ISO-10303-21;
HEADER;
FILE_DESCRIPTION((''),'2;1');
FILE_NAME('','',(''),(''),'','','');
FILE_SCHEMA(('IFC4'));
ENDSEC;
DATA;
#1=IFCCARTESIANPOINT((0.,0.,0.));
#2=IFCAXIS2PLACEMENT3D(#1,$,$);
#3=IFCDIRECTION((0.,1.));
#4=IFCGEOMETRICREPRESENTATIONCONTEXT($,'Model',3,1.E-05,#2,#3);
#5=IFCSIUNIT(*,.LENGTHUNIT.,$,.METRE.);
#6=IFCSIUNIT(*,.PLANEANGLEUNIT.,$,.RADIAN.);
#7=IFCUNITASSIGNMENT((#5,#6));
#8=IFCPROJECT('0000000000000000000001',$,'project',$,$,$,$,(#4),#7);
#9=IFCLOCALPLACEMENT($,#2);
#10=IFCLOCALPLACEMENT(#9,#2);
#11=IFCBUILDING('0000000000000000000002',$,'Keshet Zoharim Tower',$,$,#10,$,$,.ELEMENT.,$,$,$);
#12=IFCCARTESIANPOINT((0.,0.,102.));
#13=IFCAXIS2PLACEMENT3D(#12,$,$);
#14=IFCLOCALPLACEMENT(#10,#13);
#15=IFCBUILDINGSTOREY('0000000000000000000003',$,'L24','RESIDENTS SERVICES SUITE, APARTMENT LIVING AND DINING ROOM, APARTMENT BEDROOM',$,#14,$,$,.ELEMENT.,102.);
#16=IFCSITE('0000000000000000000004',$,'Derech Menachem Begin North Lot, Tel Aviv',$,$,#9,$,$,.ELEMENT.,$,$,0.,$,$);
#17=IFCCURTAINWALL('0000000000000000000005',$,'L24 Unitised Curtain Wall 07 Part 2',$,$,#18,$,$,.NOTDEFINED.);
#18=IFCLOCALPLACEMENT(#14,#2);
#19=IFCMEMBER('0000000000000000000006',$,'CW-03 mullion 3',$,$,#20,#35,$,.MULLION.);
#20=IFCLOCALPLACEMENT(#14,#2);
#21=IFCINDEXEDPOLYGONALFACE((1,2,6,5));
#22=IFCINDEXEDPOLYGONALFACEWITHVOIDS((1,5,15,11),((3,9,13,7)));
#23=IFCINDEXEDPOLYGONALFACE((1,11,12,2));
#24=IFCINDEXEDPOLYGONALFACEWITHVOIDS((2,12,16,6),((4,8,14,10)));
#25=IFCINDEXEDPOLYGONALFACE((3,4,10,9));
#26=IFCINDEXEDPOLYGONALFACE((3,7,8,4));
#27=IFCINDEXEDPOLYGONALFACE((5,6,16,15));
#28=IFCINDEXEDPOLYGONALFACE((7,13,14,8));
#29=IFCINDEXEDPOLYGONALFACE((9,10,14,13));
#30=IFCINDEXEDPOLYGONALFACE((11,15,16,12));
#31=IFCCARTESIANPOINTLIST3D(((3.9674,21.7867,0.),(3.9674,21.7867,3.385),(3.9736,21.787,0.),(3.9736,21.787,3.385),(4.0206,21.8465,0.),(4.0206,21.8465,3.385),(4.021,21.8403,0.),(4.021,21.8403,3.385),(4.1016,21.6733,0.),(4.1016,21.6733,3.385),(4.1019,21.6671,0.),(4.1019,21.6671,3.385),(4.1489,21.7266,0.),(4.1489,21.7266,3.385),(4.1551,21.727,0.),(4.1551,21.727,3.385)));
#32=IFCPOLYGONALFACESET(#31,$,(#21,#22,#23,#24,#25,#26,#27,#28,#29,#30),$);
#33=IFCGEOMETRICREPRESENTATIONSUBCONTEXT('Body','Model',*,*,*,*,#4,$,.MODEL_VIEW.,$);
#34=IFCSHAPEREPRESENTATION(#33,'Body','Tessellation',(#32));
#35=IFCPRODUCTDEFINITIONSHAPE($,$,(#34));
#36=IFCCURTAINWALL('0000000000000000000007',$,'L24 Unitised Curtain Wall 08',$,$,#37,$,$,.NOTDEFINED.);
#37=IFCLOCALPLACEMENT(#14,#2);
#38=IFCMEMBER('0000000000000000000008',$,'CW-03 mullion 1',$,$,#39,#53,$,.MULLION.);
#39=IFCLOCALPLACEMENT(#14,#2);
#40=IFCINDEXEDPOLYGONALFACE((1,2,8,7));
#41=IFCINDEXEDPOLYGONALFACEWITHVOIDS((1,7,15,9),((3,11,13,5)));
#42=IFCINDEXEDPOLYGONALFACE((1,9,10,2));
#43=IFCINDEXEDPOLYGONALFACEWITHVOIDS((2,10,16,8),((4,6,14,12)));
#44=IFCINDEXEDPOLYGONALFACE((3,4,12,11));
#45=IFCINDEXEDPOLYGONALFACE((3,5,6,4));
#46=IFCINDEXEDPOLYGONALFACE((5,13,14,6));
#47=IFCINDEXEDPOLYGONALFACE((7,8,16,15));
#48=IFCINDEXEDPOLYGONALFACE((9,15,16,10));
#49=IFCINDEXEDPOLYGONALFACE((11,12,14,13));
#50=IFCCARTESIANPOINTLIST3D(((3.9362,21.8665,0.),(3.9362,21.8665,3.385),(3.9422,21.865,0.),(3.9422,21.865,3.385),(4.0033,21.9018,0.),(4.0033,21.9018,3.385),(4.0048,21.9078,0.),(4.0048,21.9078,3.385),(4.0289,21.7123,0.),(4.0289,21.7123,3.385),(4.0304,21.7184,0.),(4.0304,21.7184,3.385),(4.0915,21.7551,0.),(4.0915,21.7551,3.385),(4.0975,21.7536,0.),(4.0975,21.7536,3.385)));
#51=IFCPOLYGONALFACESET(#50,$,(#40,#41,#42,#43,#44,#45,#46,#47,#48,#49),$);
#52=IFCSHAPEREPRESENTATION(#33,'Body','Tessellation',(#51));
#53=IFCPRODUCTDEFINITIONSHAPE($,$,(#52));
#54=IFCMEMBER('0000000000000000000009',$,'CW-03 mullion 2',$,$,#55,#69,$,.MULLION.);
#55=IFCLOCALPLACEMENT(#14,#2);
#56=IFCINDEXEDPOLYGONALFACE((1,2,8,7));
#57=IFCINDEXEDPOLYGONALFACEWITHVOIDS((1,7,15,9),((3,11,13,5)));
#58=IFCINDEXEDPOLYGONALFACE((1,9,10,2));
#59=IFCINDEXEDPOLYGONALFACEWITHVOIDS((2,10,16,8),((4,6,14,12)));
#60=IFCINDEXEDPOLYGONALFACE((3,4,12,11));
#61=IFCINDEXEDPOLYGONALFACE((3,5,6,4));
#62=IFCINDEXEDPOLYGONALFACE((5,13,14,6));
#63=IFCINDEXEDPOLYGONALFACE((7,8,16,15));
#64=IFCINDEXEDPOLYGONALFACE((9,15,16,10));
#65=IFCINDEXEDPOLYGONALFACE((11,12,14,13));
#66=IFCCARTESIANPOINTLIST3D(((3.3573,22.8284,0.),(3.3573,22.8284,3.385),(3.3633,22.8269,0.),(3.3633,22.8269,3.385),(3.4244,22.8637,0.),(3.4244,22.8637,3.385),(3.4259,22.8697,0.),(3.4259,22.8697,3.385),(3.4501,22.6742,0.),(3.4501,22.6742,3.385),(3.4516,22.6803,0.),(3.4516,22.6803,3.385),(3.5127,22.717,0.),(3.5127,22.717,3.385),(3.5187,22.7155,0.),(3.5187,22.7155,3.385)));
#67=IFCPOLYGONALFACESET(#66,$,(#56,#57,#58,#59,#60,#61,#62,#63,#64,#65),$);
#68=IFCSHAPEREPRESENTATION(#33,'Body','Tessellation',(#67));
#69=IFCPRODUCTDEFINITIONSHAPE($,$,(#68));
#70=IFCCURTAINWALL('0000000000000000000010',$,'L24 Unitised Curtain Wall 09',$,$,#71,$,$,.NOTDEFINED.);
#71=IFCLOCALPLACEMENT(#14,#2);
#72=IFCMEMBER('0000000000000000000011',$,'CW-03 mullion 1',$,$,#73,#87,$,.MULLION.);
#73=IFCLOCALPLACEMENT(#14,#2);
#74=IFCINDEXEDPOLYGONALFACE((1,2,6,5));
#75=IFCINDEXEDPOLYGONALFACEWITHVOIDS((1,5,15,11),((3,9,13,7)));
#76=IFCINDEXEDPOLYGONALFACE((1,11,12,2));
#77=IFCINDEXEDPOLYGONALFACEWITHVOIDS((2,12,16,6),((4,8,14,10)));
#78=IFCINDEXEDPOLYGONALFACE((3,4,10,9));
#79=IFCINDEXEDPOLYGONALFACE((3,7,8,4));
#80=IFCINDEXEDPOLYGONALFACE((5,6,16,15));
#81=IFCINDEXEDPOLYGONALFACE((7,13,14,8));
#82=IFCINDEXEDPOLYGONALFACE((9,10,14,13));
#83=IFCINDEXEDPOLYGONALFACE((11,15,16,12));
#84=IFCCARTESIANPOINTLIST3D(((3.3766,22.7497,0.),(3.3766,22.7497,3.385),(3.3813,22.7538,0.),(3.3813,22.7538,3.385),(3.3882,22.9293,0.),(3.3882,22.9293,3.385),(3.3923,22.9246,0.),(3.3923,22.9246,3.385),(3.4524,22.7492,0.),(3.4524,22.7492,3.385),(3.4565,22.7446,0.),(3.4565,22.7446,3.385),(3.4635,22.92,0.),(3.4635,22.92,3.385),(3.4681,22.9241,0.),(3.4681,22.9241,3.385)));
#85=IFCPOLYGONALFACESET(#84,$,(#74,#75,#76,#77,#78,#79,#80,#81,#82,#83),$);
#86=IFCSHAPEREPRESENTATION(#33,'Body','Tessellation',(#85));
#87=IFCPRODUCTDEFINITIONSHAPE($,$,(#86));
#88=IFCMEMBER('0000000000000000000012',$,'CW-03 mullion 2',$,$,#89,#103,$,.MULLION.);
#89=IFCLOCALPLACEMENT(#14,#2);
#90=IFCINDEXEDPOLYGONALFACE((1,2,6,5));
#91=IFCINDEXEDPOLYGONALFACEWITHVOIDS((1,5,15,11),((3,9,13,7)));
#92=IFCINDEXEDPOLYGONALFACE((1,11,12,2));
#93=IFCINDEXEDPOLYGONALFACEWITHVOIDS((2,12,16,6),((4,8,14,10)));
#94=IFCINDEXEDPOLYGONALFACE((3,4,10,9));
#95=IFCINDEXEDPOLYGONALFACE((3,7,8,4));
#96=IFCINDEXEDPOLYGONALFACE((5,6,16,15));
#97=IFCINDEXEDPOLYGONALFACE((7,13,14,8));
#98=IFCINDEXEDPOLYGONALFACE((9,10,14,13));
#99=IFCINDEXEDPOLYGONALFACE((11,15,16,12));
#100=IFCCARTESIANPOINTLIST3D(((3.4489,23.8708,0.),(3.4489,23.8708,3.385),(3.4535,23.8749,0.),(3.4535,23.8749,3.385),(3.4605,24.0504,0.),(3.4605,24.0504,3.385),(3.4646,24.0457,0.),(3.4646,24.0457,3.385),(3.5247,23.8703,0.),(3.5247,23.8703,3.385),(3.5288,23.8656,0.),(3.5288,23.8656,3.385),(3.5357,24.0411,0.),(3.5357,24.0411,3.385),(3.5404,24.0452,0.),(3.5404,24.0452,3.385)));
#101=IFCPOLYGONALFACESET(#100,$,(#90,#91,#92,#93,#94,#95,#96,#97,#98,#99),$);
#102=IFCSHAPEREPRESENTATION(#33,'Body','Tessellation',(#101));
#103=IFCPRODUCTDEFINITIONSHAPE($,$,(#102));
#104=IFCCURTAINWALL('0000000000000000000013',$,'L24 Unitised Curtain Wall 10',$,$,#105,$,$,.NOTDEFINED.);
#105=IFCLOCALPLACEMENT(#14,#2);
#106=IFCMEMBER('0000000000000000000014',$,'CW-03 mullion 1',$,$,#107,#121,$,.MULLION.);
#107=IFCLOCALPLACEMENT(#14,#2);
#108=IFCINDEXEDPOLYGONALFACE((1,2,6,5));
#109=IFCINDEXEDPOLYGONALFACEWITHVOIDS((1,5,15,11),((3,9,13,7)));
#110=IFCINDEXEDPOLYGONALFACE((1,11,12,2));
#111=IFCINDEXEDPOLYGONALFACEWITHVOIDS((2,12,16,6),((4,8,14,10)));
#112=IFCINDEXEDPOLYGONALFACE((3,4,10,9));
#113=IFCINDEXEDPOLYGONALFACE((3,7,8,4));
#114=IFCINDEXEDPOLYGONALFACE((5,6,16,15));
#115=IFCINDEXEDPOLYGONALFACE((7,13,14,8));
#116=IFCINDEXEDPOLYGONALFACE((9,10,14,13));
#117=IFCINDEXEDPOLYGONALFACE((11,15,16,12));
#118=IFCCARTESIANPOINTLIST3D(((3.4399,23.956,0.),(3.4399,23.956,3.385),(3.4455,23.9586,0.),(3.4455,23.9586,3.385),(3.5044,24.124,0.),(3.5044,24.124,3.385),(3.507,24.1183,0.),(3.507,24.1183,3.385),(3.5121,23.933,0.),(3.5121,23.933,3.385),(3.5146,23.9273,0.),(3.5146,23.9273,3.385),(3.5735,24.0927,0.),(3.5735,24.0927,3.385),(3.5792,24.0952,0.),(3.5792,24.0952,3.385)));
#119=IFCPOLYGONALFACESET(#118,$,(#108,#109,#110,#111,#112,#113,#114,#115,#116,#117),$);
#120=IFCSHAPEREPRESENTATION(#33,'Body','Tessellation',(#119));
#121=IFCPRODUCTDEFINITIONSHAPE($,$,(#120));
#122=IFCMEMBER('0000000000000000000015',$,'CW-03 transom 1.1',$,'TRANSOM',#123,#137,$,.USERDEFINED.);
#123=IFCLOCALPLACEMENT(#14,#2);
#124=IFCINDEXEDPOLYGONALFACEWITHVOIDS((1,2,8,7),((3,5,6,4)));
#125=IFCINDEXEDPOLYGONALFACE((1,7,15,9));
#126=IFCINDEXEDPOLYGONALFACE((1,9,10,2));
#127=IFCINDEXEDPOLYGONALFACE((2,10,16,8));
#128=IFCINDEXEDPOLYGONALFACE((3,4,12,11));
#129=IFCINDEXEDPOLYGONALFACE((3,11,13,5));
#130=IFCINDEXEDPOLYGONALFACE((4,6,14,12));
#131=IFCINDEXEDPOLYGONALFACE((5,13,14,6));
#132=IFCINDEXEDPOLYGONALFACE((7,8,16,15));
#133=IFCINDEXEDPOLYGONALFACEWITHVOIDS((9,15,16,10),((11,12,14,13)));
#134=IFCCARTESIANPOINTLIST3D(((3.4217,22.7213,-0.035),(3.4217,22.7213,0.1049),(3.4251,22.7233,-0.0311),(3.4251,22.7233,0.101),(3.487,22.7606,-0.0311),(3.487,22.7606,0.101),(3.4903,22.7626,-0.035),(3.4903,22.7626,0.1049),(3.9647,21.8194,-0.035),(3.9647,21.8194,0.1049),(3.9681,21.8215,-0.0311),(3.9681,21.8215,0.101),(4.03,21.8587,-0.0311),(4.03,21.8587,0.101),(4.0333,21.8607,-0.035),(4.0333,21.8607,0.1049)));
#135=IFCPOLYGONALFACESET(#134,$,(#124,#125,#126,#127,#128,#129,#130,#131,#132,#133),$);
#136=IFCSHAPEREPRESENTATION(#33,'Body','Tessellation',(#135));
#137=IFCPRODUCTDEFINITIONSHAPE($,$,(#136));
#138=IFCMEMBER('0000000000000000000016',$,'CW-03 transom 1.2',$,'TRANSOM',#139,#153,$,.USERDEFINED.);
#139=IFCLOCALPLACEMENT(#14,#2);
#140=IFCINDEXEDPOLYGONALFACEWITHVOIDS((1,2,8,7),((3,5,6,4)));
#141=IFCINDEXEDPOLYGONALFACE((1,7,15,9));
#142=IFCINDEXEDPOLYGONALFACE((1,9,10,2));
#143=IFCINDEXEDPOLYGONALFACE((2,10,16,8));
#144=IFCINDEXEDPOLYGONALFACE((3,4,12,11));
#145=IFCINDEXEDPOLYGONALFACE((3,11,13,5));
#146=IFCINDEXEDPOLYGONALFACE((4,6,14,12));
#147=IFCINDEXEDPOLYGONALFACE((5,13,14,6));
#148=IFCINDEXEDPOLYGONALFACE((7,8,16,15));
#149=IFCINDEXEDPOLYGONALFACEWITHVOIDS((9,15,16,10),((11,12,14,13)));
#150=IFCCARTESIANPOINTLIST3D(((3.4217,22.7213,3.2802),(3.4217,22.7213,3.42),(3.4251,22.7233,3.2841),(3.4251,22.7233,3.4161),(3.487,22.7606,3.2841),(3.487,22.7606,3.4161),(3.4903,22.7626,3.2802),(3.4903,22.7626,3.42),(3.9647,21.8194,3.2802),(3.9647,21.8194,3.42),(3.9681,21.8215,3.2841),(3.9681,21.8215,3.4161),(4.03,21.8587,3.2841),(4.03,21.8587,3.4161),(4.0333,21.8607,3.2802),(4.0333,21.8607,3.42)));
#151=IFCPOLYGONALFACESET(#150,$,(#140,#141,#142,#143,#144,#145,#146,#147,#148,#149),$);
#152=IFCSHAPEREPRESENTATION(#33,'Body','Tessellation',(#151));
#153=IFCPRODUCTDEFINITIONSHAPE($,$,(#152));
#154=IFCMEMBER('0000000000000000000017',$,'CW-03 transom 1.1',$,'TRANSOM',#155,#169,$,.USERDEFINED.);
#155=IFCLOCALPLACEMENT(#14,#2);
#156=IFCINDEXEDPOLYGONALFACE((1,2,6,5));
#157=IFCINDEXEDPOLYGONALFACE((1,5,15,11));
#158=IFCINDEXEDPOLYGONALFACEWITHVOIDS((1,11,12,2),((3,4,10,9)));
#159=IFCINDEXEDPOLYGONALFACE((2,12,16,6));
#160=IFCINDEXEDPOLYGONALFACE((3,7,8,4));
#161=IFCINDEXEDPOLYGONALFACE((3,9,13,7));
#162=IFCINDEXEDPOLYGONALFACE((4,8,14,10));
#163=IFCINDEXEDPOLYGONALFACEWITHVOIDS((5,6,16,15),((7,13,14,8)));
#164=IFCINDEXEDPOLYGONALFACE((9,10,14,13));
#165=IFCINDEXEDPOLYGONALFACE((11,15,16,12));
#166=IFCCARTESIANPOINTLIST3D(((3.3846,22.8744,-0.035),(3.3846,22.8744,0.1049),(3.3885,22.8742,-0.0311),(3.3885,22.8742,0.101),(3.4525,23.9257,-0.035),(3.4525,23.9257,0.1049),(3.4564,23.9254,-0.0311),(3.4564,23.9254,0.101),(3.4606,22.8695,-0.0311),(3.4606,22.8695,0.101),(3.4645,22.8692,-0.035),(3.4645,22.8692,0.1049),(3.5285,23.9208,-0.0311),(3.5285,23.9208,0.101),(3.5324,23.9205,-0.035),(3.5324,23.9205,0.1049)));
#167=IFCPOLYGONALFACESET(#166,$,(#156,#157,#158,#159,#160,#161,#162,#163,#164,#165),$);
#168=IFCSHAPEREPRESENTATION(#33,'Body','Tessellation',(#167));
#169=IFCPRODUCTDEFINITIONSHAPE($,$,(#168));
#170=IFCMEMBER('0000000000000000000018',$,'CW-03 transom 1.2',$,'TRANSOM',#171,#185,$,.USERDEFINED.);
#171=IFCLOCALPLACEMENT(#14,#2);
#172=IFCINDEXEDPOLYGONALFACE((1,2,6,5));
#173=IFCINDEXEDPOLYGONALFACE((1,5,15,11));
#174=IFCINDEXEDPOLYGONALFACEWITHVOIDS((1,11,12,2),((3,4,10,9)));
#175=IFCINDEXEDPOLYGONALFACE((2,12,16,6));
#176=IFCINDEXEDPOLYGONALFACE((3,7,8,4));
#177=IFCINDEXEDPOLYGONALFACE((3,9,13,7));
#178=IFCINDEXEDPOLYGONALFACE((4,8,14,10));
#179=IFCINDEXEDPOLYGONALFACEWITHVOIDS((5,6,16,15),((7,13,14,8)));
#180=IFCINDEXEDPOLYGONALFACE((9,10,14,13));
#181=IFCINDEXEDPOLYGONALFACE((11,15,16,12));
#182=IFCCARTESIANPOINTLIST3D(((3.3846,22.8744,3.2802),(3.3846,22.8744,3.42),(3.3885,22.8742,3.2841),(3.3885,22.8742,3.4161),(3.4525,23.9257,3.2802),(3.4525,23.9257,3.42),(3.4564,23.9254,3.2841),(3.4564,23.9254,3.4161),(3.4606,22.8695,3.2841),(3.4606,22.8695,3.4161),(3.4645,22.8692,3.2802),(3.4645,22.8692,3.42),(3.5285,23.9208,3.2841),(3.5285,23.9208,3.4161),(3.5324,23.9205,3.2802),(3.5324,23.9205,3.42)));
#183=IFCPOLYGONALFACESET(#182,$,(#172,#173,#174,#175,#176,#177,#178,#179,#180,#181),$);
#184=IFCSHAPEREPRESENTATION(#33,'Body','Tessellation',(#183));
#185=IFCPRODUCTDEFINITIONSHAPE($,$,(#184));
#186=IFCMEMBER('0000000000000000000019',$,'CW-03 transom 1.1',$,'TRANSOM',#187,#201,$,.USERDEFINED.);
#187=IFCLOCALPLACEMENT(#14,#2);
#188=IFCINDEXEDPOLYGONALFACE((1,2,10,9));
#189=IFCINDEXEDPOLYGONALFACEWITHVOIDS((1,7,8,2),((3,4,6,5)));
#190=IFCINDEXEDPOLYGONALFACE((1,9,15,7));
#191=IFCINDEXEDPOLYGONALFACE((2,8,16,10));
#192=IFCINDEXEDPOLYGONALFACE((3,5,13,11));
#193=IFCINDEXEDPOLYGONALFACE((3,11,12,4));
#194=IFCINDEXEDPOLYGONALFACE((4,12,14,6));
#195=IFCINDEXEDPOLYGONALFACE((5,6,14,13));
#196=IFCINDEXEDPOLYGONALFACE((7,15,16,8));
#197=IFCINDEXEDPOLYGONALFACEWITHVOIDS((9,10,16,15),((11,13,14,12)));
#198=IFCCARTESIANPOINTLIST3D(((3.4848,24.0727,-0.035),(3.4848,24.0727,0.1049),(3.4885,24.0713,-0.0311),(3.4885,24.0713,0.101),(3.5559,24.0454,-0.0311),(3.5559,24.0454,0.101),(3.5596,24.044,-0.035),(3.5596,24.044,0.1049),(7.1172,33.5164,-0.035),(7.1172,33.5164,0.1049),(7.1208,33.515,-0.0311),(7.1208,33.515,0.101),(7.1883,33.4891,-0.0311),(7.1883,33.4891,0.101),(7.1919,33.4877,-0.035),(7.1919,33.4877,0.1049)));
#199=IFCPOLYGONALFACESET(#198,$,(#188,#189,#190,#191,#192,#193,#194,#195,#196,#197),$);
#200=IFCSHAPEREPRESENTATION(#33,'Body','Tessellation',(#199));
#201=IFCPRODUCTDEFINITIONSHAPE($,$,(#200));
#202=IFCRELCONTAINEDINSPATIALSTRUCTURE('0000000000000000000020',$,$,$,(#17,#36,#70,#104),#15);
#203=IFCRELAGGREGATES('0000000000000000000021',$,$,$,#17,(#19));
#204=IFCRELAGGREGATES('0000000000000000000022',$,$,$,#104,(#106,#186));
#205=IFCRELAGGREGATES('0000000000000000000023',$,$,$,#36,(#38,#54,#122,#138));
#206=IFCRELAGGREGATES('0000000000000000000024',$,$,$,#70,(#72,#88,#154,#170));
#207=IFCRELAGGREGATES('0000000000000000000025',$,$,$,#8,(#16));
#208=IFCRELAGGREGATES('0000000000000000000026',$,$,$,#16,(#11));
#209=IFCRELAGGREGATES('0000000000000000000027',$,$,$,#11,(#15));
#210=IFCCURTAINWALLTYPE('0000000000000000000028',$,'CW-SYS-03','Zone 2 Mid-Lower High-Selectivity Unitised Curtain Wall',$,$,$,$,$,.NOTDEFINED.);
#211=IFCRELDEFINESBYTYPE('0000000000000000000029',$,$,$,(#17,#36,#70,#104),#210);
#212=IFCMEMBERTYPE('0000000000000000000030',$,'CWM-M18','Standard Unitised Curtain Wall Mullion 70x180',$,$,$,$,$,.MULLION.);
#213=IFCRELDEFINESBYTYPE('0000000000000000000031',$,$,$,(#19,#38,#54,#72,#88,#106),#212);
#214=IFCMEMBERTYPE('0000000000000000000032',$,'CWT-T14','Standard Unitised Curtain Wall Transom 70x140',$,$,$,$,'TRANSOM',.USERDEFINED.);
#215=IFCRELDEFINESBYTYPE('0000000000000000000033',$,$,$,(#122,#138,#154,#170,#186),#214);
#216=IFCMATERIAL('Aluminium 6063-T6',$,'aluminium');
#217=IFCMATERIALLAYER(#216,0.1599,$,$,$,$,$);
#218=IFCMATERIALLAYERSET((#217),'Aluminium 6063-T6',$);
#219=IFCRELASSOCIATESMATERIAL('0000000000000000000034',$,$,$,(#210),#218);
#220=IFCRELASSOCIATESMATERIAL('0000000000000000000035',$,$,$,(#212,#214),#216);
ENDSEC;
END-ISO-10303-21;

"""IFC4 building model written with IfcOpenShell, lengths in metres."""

from ifc_helpers import new_model, si_unit, direction, frame, origin, origin_2d, place, context, subcontext, project, spatial, hollow_rectangle, extrude, material, layer, layer_set, material_profile, profile_set, type_object, element, aggregate, save


model = new_model("IFC4")

# Units and contexts
model_context = context("Model", 3, precision=1e-05, world=origin(), true_north=direction((0.0, 1.0)))
body_context = subcontext(model_context, "Body", "Model", "MODEL_VIEW")
ifc_project = project(units=[si_unit("LENGTHUNIT", "METRE"), si_unit("PLANEANGLEUNIT", "RADIAN")], contexts=[model_context])

# Site, building, storey
site_placement = place(None, origin())
site = spatial("IfcSite", under=ifc_project, at=site_placement, Name="Derech Menachem Begin North Lot, Tel Aviv", CompositionType="ELEMENT", RefElevation=0.0)
building_placement = place(site_placement, origin())
building = spatial("IfcBuilding", under=site, at=building_placement, Name="Keshet Zoharim Tower", CompositionType="ELEMENT")
storey_placement = place(building_placement, frame((0.0, 0.0, 102.0)))
storey = spatial("IfcBuildingStorey", under=building, at=storey_placement, Name="L24", Description="RESIDENTS SERVICES SUITE, APARTMENT LIVING AND DINING ROOM, APARTMENT BEDROOM", CompositionType="ELEMENT", Elevation=102.0)

# Curtain wall, member
ifc_material_1 = material(Name="Aluminium 6063-T6", Category="aluminium")
ifc_layer_1 = layer(ifc_material_1, 0.1599)
ifc_layer_set_1 = layer_set([ifc_layer_1], Name="Aluminium 6063-T6")
curtain_wall_type = type_object("IfcCurtainWallType", Name="CW-SYS-03", Description="Zone 2 Mid-Lower High-Selectivity Unitised Curtain Wall", PredefinedType="NOTDEFINED", material=ifc_layer_set_1)
curtain_wall_1_placement = place(storey_placement, origin())
curtain_wall_1 = element("IfcCurtainWall", 1, at=curtain_wall_1_placement, inside=storey, type_object=curtain_wall_type, Name="L24 Unitised Curtain Wall 07 Part 2", PredefinedType="NOTDEFINED")
ifc_material_profile_1 = material_profile(ifc_material_1, hollow_rectangle(XDim=0.0801, YDim=0.1799, WallThickness=0.0044, at=origin_2d()), Name="MUL-80x180")
ifc_profile_set_1 = profile_set([ifc_material_profile_1], Name="Aluminium 6063-T6")
member_type_1 = type_object("IfcMemberType", Name="CWM-M18", Description="Standard Unitised Curtain Wall Mullion 70x180", PredefinedType="MULLION", material=ifc_profile_set_1)
member_1_placement = place(storey_placement, frame((4.0613, 21.7568, 0.0), z_axis=(0.0, 0.0, 1.0), x_axis=(-0.664364, -0.747409, 0.0)))
member_1 = element("IfcMember", 2, at=member_1_placement, type_object=member_type_1, Name="CW-03 mullion 3", PredefinedType="MULLION", context=body_context, shape_type="SweptSolid", body=[
    extrude(hollow_rectangle(XDim=0.0801, YDim=0.1799, WallThickness=0.0044, at=origin_2d()), origin(), (0.0, 0.0, 1.0), 3.385),
])
aggregate(curtain_wall_1, [member_1])

# Curtain walls, members
curtain_wall_2_placement = place(storey_placement, origin())
curtain_wall_2 = element("IfcCurtainWall", 3, at=curtain_wall_2_placement, inside=storey, type_object=curtain_wall_type, Name="L24 Unitised Curtain Wall 08", PredefinedType="NOTDEFINED")
member_2_placement = place(storey_placement, frame((4.0168, 21.8101, 0.0), z_axis=(0.0, 0.0, 1.0), x_axis=(-0.856826, -0.515605, 0.0)))
member_2 = element("IfcMember", 4, at=member_2_placement, type_object=member_type_1, Name="CW-03 mullion 1", PredefinedType="MULLION", context=body_context, shape_type="SweptSolid", body=[
    extrude(hollow_rectangle(XDim=0.0801, YDim=0.1799, WallThickness=0.0044, at=origin_2d()), origin(), (0.0, 0.0, 1.0), 3.385),
])
member_3_placement = place(storey_placement, frame((3.438, 22.772, 0.0), z_axis=(0.0, 0.0, 1.0), x_axis=(-0.856826, -0.515605, 0.0)))
member_3 = element("IfcMember", 5, at=member_3_placement, type_object=member_type_1, Name="CW-03 mullion 2", PredefinedType="MULLION", context=body_context, shape_type="SweptSolid", body=[
    extrude(hollow_rectangle(XDim=0.0801, YDim=0.1799, WallThickness=0.0044, at=origin_2d()), origin(), (0.0, 0.0, 1.0), 3.385),
])
curtain_wall_3_placement = place(storey_placement, origin())
curtain_wall_3 = element("IfcCurtainWall", 6, at=curtain_wall_3_placement, inside=storey, type_object=curtain_wall_type, Name="L24 Unitised Curtain Wall 09", PredefinedType="NOTDEFINED")
member_4_placement = place(storey_placement, frame((3.4224, 22.8369, 0.0), z_axis=(0.0, 0.0, 1.0), x_axis=(-0.997917, 0.064517, 0.0)))
member_4 = element("IfcMember", 7, at=member_4_placement, type_object=member_type_1, Name="CW-03 mullion 1", PredefinedType="MULLION", context=body_context, shape_type="SweptSolid", body=[
    extrude(hollow_rectangle(XDim=0.0801, YDim=0.1799, WallThickness=0.0044, at=origin_2d()), origin(), (0.0, 0.0, 1.0), 3.385),
])
member_5_placement = place(storey_placement, frame((3.4946, 23.958, 0.0), z_axis=(0.0, 0.0, 1.0), x_axis=(-0.997917, 0.064517, 0.0)))
member_5 = element("IfcMember", 8, at=member_5_placement, type_object=member_type_1, Name="CW-03 mullion 2", PredefinedType="MULLION", context=body_context, shape_type="SweptSolid", body=[
    extrude(hollow_rectangle(XDim=0.0801, YDim=0.1799, WallThickness=0.0044, at=origin_2d()), origin(), (0.0, 0.0, 1.0), 3.385),
])

# Curtain wall, member
curtain_wall_4_placement = place(storey_placement, origin())
curtain_wall_4 = element("IfcCurtainWall", 9, at=curtain_wall_4_placement, inside=storey, type_object=curtain_wall_type, Name="L24 Unitised Curtain Wall 10", PredefinedType="NOTDEFINED")
member_6_placement = place(storey_placement, frame((3.5095, 24.0256, 0.0), z_axis=(0.0, 0.0, 1.0), x_axis=(-0.933341, 0.35899, 0.0)))
member_6 = element("IfcMember", 10, at=member_6_placement, type_object=member_type_1, Name="CW-03 mullion 1", PredefinedType="MULLION", context=body_context, shape_type="SweptSolid", body=[
    extrude(hollow_rectangle(XDim=0.0801, YDim=0.1799, WallThickness=0.0044, at=origin_2d()), origin(), (0.0, 0.0, 1.0), 3.385),
])

# Members
ifc_material_profile_2 = material_profile(ifc_material_1, hollow_rectangle(XDim=0.0801, YDim=0.1399, WallThickness=0.0039, at=origin_2d()), Name="TRN-80x140")
ifc_profile_set_2 = profile_set([ifc_material_profile_2], Name="Aluminium 6063-T6")
member_type_2 = type_object("IfcMemberType", Name="CWT-T14", Description="Standard Unitised Curtain Wall Transom 70x140", ElementType="TRANSOM", PredefinedType="USERDEFINED", material=ifc_profile_set_2)
member_7_placement = place(storey_placement, frame((3.999, 21.8401, 0.0349), z_axis=(-0.515791, 0.856714, 0.0), x_axis=(-0.856714, -0.515791, 0.0)))
member_7 = element("IfcMember", 11, at=member_7_placement, type_object=member_type_2, Name="CW-03 transom 1.1", ObjectType="TRANSOM", PredefinedType="USERDEFINED", context=body_context, shape_type="SweptSolid", body=[
    extrude(hollow_rectangle(XDim=0.0801, YDim=0.1399, WallThickness=0.0039, at=origin_2d()), origin(), (0.0, 0.0, 1.0), 1.0527),
])
member_8_placement = place(storey_placement, frame((3.999, 21.8401, 3.3501), z_axis=(-0.515791, 0.856714, 0.0), x_axis=(-0.856714, -0.515791, 0.0)))
member_8 = element("IfcMember", 12, at=member_8_placement, type_object=member_type_2, Name="CW-03 transom 1.2", ObjectType="TRANSOM", PredefinedType="USERDEFINED", context=body_context, shape_type="SweptSolid", body=[
    extrude(hollow_rectangle(XDim=0.0801, YDim=0.1399, WallThickness=0.0039, at=origin_2d()), origin(), (0.0, 0.0, 1.0), 1.0527),
])
member_9_placement = place(storey_placement, frame((3.4246, 22.8718, 0.0349), z_axis=(0.064427, 0.997922, 0.0), x_axis=(-0.997922, 0.064427, 0.0)))
member_9 = element("IfcMember", 13, at=member_9_placement, type_object=member_type_2, Name="CW-03 transom 1.1", ObjectType="TRANSOM", PredefinedType="USERDEFINED", context=body_context, shape_type="SweptSolid", body=[
    extrude(hollow_rectangle(XDim=0.0801, YDim=0.1399, WallThickness=0.0039, at=origin_2d()), origin(), (0.0, 0.0, 1.0), 1.0535),
])
member_10_placement = place(storey_placement, frame((3.4246, 22.8718, 3.3501), z_axis=(0.064427, 0.997922, 0.0), x_axis=(-0.997922, 0.064427, 0.0)))
member_10 = element("IfcMember", 14, at=member_10_placement, type_object=member_type_2, Name="CW-03 transom 1.2", ObjectType="TRANSOM", PredefinedType="USERDEFINED", context=body_context, shape_type="SweptSolid", body=[
    extrude(hollow_rectangle(XDim=0.0801, YDim=0.1399, WallThickness=0.0039, at=origin_2d()), origin(), (0.0, 0.0, 1.0), 1.0535),
])
member_11_placement = place(storey_placement, frame((3.5222, 24.0583, 0.0349), z_axis=(0.358994, 0.93334, 0.0), x_axis=(-0.93334, 0.358994, 0.0)))
member_11 = element("IfcMember", 15, at=member_11_placement, type_object=member_type_2, Name="CW-03 transom 1.1", ObjectType="TRANSOM", PredefinedType="USERDEFINED", context=body_context, shape_type="SweptSolid", body=[
    extrude(hollow_rectangle(XDim=0.0801, YDim=0.1399, WallThickness=0.0039, at=origin_2d()), origin(), (0.0, 0.0, 1.0), 10.1182),
])
aggregate(curtain_wall_4, [member_6, member_11])

aggregate(curtain_wall_2, [member_2, member_3, member_7, member_8])
aggregate(curtain_wall_3, [member_4, member_5, member_9, member_10])

save(model, "model.ifc")
